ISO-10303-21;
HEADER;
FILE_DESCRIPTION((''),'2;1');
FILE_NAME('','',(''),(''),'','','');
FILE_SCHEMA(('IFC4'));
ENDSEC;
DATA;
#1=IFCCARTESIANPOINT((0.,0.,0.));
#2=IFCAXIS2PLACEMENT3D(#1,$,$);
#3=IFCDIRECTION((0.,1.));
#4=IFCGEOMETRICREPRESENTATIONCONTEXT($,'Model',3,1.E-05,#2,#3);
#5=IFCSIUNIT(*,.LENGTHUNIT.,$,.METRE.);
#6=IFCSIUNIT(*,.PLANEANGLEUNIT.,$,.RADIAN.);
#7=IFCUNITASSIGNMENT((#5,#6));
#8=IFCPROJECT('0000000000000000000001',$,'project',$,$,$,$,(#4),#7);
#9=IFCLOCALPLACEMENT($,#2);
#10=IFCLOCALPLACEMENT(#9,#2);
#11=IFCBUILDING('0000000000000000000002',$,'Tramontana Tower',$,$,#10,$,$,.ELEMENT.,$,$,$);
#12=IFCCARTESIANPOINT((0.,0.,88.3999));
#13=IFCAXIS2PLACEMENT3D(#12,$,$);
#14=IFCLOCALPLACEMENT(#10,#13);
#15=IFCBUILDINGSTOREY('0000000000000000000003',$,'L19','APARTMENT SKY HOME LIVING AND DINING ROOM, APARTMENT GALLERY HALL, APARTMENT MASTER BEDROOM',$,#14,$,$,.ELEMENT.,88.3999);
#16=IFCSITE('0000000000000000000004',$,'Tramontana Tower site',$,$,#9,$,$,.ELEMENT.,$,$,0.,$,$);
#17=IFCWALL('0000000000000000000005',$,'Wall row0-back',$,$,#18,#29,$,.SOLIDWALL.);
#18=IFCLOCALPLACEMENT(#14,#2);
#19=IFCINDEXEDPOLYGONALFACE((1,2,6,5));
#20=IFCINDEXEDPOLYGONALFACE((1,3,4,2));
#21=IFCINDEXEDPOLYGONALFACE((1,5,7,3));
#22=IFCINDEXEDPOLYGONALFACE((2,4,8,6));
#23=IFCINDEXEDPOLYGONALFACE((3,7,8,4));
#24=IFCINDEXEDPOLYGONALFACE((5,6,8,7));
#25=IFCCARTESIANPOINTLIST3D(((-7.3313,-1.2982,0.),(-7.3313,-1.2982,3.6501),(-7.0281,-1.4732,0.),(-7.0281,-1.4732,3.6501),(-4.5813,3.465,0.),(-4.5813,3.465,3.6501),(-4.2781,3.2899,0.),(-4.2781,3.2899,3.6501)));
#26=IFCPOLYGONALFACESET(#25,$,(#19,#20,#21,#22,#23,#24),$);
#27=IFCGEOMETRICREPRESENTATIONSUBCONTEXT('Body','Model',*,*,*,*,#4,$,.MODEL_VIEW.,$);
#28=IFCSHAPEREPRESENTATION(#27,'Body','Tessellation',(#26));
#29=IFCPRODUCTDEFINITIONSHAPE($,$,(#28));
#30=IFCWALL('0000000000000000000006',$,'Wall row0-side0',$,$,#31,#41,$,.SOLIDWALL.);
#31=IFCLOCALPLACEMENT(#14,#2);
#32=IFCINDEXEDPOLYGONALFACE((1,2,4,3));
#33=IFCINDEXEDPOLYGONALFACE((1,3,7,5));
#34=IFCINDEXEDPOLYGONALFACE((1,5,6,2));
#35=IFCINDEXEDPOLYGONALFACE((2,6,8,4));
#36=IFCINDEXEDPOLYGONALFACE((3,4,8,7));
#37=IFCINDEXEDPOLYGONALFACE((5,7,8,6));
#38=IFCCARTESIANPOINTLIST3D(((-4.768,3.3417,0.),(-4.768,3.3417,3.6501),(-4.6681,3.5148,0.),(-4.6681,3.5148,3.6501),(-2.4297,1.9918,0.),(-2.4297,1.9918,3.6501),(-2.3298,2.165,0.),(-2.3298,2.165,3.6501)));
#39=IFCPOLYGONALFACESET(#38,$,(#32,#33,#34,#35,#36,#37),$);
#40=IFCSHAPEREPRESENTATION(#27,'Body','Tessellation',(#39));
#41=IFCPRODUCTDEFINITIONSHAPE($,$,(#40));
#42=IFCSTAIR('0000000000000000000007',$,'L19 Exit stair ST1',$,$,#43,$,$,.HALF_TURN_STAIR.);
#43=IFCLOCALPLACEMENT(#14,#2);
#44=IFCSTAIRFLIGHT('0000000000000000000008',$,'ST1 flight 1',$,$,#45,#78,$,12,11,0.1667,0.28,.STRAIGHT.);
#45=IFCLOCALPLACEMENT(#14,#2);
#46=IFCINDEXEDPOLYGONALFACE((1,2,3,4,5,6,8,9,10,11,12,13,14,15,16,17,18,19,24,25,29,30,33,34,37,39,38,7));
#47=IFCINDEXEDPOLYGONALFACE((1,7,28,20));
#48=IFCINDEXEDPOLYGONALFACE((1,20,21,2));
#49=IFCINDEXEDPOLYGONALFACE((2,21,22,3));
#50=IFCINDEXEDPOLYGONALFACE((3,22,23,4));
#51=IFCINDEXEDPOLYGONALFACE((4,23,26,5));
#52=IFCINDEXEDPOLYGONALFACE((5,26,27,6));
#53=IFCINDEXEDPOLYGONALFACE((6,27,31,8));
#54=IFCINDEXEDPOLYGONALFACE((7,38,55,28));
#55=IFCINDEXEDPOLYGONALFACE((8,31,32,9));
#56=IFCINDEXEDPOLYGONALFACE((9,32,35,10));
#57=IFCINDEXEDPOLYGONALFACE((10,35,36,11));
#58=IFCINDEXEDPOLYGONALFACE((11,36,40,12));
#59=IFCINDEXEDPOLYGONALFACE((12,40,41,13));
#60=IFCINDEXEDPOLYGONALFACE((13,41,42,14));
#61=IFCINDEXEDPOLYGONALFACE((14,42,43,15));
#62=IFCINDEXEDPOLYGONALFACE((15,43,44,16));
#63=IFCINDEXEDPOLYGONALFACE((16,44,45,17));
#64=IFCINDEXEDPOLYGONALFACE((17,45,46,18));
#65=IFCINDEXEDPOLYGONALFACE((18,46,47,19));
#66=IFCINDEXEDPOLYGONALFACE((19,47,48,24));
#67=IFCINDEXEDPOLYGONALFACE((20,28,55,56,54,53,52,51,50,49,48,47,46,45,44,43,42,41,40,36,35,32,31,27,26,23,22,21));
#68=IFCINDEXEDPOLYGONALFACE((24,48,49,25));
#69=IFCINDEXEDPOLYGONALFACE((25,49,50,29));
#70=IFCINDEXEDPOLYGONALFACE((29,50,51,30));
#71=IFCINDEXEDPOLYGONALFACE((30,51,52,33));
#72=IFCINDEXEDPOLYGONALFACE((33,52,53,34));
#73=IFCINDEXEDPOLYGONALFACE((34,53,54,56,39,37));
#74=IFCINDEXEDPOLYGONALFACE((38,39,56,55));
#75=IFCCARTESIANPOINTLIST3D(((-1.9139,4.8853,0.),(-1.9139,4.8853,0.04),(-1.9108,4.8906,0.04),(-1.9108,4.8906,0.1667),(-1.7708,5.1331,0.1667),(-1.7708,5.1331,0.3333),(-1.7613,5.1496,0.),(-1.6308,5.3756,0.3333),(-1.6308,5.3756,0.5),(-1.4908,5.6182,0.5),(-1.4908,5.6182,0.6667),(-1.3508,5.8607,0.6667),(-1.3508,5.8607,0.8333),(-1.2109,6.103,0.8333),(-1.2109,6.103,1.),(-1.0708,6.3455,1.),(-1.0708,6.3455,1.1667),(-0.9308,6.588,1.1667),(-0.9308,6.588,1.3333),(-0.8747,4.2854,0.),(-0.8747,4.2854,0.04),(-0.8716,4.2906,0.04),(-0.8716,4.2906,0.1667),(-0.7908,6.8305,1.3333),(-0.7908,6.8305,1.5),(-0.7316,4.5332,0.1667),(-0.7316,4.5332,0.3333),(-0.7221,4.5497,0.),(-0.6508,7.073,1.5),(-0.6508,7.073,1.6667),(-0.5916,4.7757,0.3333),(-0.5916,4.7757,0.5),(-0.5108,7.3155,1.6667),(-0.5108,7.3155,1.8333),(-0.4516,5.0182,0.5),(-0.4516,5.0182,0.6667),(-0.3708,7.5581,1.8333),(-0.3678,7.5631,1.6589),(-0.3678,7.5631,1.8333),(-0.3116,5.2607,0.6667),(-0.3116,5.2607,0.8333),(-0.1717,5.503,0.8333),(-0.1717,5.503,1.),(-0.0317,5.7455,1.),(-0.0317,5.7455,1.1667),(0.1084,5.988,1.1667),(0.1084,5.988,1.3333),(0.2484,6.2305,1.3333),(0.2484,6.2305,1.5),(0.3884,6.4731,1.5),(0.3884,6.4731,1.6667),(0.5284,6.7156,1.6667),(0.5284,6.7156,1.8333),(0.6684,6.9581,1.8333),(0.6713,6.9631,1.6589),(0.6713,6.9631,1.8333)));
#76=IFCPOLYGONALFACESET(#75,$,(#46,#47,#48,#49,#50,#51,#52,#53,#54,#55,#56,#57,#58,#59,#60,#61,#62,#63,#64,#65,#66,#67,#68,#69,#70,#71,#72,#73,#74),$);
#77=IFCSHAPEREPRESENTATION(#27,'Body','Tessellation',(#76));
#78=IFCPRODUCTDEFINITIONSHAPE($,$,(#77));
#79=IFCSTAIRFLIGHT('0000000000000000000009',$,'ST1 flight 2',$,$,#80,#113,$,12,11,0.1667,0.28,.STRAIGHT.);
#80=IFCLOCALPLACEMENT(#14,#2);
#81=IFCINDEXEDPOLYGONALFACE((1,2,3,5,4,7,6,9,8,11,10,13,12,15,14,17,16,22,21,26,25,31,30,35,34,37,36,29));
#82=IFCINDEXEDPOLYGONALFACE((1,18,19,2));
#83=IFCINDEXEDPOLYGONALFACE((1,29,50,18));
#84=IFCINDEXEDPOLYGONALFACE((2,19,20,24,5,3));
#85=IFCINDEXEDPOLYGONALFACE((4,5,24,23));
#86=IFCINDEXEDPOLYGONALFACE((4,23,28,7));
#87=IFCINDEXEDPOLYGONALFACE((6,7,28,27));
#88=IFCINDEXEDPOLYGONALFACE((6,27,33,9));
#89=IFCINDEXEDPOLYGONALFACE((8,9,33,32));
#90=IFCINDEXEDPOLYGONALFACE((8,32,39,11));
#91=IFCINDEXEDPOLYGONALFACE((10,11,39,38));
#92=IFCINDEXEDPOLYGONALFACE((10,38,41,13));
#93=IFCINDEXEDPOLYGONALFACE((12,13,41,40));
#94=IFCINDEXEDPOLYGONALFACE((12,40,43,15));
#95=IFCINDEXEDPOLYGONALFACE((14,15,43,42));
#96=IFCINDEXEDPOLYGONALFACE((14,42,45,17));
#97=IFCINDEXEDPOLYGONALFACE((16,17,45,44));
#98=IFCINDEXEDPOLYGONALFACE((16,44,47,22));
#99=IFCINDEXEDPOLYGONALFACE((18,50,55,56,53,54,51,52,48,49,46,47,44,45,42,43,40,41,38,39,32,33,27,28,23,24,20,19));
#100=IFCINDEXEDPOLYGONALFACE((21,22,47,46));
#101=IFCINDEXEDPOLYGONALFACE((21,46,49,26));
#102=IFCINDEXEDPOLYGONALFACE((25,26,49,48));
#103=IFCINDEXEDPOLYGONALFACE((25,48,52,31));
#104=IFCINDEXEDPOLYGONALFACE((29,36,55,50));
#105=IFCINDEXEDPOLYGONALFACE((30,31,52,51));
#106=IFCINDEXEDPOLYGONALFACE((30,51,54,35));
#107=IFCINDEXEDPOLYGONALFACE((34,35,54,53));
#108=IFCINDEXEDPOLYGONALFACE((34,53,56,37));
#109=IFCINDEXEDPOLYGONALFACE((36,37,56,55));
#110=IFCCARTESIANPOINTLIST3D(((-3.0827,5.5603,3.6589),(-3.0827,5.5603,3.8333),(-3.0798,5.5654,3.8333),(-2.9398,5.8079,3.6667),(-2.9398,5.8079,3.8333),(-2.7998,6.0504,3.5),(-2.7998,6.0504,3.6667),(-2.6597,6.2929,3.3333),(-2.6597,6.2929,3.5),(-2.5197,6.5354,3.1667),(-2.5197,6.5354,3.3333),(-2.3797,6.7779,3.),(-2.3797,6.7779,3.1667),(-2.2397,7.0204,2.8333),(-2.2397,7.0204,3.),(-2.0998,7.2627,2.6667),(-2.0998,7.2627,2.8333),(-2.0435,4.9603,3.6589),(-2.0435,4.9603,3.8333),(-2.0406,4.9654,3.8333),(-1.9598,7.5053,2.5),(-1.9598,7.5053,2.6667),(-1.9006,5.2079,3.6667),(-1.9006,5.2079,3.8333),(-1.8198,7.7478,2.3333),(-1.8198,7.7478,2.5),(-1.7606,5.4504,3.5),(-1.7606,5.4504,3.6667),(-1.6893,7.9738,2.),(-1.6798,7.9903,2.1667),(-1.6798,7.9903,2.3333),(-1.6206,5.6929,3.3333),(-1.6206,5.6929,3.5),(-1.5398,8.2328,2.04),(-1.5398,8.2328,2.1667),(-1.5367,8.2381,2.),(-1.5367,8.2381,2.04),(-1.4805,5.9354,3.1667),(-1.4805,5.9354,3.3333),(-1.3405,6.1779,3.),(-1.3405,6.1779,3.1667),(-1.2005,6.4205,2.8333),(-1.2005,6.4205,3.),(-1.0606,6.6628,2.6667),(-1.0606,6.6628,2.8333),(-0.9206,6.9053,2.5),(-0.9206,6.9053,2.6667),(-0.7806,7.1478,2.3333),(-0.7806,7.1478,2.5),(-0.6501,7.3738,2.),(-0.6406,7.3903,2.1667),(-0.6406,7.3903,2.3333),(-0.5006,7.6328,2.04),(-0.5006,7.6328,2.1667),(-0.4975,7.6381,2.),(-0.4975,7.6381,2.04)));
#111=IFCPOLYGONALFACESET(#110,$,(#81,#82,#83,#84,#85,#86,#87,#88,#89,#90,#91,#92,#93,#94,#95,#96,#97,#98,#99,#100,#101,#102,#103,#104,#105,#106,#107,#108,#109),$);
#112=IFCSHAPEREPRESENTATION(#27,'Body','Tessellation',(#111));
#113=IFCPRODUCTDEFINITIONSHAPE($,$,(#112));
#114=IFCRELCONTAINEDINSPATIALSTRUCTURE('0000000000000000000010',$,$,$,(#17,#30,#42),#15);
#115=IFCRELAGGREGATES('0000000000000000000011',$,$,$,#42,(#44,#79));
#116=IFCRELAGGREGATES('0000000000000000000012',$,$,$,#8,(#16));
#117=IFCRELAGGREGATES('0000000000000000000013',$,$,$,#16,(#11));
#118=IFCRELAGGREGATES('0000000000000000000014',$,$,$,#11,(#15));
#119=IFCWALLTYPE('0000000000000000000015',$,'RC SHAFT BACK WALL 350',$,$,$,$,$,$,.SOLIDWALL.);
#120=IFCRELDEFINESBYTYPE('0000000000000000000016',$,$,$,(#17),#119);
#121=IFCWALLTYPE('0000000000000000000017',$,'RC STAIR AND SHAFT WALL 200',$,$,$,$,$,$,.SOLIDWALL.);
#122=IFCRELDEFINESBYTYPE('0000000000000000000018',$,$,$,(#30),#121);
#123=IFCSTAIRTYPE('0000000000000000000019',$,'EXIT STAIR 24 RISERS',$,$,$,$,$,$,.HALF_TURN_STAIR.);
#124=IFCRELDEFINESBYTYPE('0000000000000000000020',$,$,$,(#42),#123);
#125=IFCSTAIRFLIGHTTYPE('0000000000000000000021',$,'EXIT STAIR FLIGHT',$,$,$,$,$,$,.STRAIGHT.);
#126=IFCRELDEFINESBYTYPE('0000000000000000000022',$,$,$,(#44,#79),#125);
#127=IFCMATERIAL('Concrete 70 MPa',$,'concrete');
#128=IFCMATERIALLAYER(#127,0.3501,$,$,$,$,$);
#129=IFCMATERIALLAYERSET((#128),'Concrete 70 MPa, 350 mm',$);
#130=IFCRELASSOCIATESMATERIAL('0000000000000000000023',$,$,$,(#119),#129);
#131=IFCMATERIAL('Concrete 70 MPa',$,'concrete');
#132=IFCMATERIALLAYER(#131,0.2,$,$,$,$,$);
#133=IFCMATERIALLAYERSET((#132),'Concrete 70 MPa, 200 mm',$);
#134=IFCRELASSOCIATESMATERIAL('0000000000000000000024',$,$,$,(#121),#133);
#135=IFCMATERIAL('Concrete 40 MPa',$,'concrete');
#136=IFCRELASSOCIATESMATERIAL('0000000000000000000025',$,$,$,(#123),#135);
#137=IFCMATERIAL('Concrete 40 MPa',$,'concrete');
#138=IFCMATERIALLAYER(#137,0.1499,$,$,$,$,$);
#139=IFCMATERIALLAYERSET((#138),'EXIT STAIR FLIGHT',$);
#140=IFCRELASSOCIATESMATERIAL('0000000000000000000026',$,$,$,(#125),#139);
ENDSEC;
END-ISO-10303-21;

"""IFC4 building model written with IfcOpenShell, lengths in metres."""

from ifc_helpers import new_model, si_unit, direction, frame, frame_2d, origin, place, context, subcontext, project, spatial, polyline, rectangle, outline, extrude, material, layer, layer_set, type_object, element, aggregate, save


model = new_model("IFC4")

# Units and contexts
model_context = context("Model", 3, precision=1e-05, world=origin(), true_north=direction((0.0, 1.0)))
body_context = subcontext(model_context, "Body", "Model", "MODEL_VIEW")
ifc_project = project(units=[si_unit("LENGTHUNIT", "METRE"), si_unit("PLANEANGLEUNIT", "RADIAN")], contexts=[model_context])

# Site, building, storey
site_placement = place(None, origin())
site = spatial("IfcSite", under=ifc_project, at=site_placement, Name="Tramontana Tower site", CompositionType="ELEMENT", RefElevation=0.0)
building_placement = place(site_placement, origin())
building = spatial("IfcBuilding", under=site, at=building_placement, Name="Tramontana Tower", CompositionType="ELEMENT")
storey_placement = place(building_placement, frame((0.0, 0.0, 88.3999)))
storey = spatial("IfcBuildingStorey", under=building, at=storey_placement, Name="L19", Description="APARTMENT SKY HOME LIVING AND DINING ROOM, APARTMENT GALLERY HALL, APARTMENT MASTER BEDROOM", CompositionType="ELEMENT", Elevation=88.3999)

# Wall
ifc_material_1 = material(Name="Concrete 70 MPa", Category="concrete")
ifc_layer_1 = layer(ifc_material_1, 0.3501)
ifc_layer_set_1 = layer_set([ifc_layer_1], Name="Concrete 70 MPa, 350 mm")
wall_type_1 = type_object("IfcWallType", Name="RC SHAFT BACK WALL 350", PredefinedType="SOLIDWALL", material=ifc_layer_set_1)
wall_1_placement = place(storey_placement, frame((-4.4297, 3.3774, 0.0), z_axis=(0.0, 0.0, 1.0), x_axis=(-0.499997, -0.866027, 0.0)))
element("IfcWall", 1, at=wall_1_placement, inside=storey, type_object=wall_type_1, Name="Wall row0-back", PredefinedType="SOLIDWALL", context=body_context, shape_type="SweptSolid", body=[
    extrude(rectangle(XDim=5.5, YDim=0.3501, at=frame_2d((2.75, 0.0))), origin(), (0.0, 0.0, 1.0), 3.6501),
])

# Shared definitions
ifc_material_2 = material(Name="Concrete 70 MPa", Category="concrete")
ifc_layer_2 = layer(ifc_material_2, 0.2)
ifc_layer_set_2 = layer_set([ifc_layer_2], Name="Concrete 70 MPa, 200 mm")
wall_type_2 = type_object("IfcWallType", Name="RC STAIR AND SHAFT WALL 200", PredefinedType="SOLIDWALL", material=ifc_layer_set_2)

# Wall
wall_2_placement = place(storey_placement, frame((-2.3796, 2.0784, 0.0), z_axis=(0.0, 0.0, 1.0), x_axis=(-0.866059, 0.499942, 0.0)))
element("IfcWall", 2, at=wall_2_placement, inside=storey, type_object=wall_type_2, Name="Wall row0-side0", PredefinedType="SOLIDWALL", context=body_context, shape_type="SweptSolid", body=[
    extrude(rectangle(XDim=2.7, YDim=0.2, at=frame_2d((1.3501, 0.0))), origin(), (0.0, 0.0, 1.0), 3.6501),
])

# Stair, stair flights
ifc_material_3 = material(Name="Concrete 40 MPa", Category="concrete")
stair_type = type_object("IfcStairType", Name="EXIT STAIR 24 RISERS", PredefinedType="HALF_TURN_STAIR", material=ifc_material_3)
stair_placement = place(storey_placement, origin())
stair = element("IfcStair", 3, at=stair_placement, inside=storey, type_object=stair_type, Name="L19 Exit stair ST1", PredefinedType="HALF_TURN_STAIR")
ifc_material_4 = material(Name="Concrete 40 MPa", Category="concrete")
ifc_layer_3 = layer(ifc_material_4, 0.1499)
ifc_layer_set_3 = layer_set([ifc_layer_3], Name="EXIT STAIR FLIGHT")
stair_flight_type = type_object("IfcStairFlightType", Name="EXIT STAIR FLIGHT", PredefinedType="STRAIGHT", material=ifc_layer_set_3)
stair_flight_1_placement = place(storey_placement, frame((-1.3911, 4.5906, 0.0), z_axis=(0.0, 0.0, 1.0), x_axis=(0.5, 0.866025, 0.0)))
stair_flight_1 = element("IfcStairFlight", 4, at=stair_flight_1_placement, type_object=stair_flight_type, Name="ST1 flight 1", NumberOfRisers=12, NumberOfTreads=11, PredefinedType="STRAIGHT", RiserHeight=0.1667, TreadLength=0.28, context=body_context, shape_type="SweptSolid", body=[
    extrude(outline(polyline([(-0.0061, 0.0), (-0.0061, 0.04), (0.0, 0.04), (0.0, 0.1667), (0.28, 0.1667), (0.28, 0.3333), (0.5601, 0.3333), (0.5601, 0.5), (0.8401, 0.5), (0.8401, 0.6667), (1.1201, 0.6667), (1.1201, 0.8333), (1.3999, 0.8333), (1.3999, 1.0), (1.6799, 1.0), (1.6799, 1.1667), (1.96, 1.1667), (1.96, 1.3333), (2.24, 1.3333), (2.24, 1.5), (2.52, 1.5), (2.52, 1.6667), (2.8, 1.6667), (2.8, 1.8333), (3.0801, 1.8333), (3.0859, 1.8333), (3.0859, 1.6589), (0.2991, 0.0), (-0.0061, 0.0)])), frame((0.0, 0.6001, 0.0), z_axis=(0.0, -1.0, 0.0), x_axis=(1.0, 0.0, 0.0)), (0.0, 0.0, 1.0), 1.2),
])
stair_flight_2_placement = place(storey_placement, frame((-1.0203, 7.9329, 2.0), z_axis=(0.0, 0.0, 1.0), x_axis=(-0.5, -0.866025, 0.0)))
stair_flight_2 = element("IfcStairFlight", 5, at=stair_flight_2_placement, type_object=stair_flight_type, Name="ST1 flight 2", NumberOfRisers=12, NumberOfTreads=11, PredefinedType="STRAIGHT", RiserHeight=0.1667, TreadLength=0.28, context=body_context, shape_type="SweptSolid", body=[
    extrude(outline(polyline([(-0.0061, 0.0), (-0.0061, 0.04), (0.0, 0.04), (0.0, 0.1667), (0.28, 0.1667), (0.28, 0.3333), (0.5601, 0.3333), (0.5601, 0.5), (0.8401, 0.5), (0.8401, 0.6667), (1.1201, 0.6667), (1.1201, 0.8333), (1.3999, 0.8333), (1.3999, 1.0), (1.6799, 1.0), (1.6799, 1.1667), (1.96, 1.1667), (1.96, 1.3333), (2.24, 1.3333), (2.24, 1.5), (2.52, 1.5), (2.52, 1.6667), (2.8, 1.6667), (2.8, 1.8333), (3.0801, 1.8333), (3.0859, 1.8333), (3.0859, 1.6589), (0.2991, 0.0), (-0.0061, 0.0)])), frame((0.0, 0.6001, 0.0), z_axis=(0.0, -1.0, 0.0), x_axis=(1.0, 0.0, 0.0)), (0.0, 0.0, 1.0), 1.2),
])
aggregate(stair, [stair_flight_1, stair_flight_2])

save(model, "model.ifc")
